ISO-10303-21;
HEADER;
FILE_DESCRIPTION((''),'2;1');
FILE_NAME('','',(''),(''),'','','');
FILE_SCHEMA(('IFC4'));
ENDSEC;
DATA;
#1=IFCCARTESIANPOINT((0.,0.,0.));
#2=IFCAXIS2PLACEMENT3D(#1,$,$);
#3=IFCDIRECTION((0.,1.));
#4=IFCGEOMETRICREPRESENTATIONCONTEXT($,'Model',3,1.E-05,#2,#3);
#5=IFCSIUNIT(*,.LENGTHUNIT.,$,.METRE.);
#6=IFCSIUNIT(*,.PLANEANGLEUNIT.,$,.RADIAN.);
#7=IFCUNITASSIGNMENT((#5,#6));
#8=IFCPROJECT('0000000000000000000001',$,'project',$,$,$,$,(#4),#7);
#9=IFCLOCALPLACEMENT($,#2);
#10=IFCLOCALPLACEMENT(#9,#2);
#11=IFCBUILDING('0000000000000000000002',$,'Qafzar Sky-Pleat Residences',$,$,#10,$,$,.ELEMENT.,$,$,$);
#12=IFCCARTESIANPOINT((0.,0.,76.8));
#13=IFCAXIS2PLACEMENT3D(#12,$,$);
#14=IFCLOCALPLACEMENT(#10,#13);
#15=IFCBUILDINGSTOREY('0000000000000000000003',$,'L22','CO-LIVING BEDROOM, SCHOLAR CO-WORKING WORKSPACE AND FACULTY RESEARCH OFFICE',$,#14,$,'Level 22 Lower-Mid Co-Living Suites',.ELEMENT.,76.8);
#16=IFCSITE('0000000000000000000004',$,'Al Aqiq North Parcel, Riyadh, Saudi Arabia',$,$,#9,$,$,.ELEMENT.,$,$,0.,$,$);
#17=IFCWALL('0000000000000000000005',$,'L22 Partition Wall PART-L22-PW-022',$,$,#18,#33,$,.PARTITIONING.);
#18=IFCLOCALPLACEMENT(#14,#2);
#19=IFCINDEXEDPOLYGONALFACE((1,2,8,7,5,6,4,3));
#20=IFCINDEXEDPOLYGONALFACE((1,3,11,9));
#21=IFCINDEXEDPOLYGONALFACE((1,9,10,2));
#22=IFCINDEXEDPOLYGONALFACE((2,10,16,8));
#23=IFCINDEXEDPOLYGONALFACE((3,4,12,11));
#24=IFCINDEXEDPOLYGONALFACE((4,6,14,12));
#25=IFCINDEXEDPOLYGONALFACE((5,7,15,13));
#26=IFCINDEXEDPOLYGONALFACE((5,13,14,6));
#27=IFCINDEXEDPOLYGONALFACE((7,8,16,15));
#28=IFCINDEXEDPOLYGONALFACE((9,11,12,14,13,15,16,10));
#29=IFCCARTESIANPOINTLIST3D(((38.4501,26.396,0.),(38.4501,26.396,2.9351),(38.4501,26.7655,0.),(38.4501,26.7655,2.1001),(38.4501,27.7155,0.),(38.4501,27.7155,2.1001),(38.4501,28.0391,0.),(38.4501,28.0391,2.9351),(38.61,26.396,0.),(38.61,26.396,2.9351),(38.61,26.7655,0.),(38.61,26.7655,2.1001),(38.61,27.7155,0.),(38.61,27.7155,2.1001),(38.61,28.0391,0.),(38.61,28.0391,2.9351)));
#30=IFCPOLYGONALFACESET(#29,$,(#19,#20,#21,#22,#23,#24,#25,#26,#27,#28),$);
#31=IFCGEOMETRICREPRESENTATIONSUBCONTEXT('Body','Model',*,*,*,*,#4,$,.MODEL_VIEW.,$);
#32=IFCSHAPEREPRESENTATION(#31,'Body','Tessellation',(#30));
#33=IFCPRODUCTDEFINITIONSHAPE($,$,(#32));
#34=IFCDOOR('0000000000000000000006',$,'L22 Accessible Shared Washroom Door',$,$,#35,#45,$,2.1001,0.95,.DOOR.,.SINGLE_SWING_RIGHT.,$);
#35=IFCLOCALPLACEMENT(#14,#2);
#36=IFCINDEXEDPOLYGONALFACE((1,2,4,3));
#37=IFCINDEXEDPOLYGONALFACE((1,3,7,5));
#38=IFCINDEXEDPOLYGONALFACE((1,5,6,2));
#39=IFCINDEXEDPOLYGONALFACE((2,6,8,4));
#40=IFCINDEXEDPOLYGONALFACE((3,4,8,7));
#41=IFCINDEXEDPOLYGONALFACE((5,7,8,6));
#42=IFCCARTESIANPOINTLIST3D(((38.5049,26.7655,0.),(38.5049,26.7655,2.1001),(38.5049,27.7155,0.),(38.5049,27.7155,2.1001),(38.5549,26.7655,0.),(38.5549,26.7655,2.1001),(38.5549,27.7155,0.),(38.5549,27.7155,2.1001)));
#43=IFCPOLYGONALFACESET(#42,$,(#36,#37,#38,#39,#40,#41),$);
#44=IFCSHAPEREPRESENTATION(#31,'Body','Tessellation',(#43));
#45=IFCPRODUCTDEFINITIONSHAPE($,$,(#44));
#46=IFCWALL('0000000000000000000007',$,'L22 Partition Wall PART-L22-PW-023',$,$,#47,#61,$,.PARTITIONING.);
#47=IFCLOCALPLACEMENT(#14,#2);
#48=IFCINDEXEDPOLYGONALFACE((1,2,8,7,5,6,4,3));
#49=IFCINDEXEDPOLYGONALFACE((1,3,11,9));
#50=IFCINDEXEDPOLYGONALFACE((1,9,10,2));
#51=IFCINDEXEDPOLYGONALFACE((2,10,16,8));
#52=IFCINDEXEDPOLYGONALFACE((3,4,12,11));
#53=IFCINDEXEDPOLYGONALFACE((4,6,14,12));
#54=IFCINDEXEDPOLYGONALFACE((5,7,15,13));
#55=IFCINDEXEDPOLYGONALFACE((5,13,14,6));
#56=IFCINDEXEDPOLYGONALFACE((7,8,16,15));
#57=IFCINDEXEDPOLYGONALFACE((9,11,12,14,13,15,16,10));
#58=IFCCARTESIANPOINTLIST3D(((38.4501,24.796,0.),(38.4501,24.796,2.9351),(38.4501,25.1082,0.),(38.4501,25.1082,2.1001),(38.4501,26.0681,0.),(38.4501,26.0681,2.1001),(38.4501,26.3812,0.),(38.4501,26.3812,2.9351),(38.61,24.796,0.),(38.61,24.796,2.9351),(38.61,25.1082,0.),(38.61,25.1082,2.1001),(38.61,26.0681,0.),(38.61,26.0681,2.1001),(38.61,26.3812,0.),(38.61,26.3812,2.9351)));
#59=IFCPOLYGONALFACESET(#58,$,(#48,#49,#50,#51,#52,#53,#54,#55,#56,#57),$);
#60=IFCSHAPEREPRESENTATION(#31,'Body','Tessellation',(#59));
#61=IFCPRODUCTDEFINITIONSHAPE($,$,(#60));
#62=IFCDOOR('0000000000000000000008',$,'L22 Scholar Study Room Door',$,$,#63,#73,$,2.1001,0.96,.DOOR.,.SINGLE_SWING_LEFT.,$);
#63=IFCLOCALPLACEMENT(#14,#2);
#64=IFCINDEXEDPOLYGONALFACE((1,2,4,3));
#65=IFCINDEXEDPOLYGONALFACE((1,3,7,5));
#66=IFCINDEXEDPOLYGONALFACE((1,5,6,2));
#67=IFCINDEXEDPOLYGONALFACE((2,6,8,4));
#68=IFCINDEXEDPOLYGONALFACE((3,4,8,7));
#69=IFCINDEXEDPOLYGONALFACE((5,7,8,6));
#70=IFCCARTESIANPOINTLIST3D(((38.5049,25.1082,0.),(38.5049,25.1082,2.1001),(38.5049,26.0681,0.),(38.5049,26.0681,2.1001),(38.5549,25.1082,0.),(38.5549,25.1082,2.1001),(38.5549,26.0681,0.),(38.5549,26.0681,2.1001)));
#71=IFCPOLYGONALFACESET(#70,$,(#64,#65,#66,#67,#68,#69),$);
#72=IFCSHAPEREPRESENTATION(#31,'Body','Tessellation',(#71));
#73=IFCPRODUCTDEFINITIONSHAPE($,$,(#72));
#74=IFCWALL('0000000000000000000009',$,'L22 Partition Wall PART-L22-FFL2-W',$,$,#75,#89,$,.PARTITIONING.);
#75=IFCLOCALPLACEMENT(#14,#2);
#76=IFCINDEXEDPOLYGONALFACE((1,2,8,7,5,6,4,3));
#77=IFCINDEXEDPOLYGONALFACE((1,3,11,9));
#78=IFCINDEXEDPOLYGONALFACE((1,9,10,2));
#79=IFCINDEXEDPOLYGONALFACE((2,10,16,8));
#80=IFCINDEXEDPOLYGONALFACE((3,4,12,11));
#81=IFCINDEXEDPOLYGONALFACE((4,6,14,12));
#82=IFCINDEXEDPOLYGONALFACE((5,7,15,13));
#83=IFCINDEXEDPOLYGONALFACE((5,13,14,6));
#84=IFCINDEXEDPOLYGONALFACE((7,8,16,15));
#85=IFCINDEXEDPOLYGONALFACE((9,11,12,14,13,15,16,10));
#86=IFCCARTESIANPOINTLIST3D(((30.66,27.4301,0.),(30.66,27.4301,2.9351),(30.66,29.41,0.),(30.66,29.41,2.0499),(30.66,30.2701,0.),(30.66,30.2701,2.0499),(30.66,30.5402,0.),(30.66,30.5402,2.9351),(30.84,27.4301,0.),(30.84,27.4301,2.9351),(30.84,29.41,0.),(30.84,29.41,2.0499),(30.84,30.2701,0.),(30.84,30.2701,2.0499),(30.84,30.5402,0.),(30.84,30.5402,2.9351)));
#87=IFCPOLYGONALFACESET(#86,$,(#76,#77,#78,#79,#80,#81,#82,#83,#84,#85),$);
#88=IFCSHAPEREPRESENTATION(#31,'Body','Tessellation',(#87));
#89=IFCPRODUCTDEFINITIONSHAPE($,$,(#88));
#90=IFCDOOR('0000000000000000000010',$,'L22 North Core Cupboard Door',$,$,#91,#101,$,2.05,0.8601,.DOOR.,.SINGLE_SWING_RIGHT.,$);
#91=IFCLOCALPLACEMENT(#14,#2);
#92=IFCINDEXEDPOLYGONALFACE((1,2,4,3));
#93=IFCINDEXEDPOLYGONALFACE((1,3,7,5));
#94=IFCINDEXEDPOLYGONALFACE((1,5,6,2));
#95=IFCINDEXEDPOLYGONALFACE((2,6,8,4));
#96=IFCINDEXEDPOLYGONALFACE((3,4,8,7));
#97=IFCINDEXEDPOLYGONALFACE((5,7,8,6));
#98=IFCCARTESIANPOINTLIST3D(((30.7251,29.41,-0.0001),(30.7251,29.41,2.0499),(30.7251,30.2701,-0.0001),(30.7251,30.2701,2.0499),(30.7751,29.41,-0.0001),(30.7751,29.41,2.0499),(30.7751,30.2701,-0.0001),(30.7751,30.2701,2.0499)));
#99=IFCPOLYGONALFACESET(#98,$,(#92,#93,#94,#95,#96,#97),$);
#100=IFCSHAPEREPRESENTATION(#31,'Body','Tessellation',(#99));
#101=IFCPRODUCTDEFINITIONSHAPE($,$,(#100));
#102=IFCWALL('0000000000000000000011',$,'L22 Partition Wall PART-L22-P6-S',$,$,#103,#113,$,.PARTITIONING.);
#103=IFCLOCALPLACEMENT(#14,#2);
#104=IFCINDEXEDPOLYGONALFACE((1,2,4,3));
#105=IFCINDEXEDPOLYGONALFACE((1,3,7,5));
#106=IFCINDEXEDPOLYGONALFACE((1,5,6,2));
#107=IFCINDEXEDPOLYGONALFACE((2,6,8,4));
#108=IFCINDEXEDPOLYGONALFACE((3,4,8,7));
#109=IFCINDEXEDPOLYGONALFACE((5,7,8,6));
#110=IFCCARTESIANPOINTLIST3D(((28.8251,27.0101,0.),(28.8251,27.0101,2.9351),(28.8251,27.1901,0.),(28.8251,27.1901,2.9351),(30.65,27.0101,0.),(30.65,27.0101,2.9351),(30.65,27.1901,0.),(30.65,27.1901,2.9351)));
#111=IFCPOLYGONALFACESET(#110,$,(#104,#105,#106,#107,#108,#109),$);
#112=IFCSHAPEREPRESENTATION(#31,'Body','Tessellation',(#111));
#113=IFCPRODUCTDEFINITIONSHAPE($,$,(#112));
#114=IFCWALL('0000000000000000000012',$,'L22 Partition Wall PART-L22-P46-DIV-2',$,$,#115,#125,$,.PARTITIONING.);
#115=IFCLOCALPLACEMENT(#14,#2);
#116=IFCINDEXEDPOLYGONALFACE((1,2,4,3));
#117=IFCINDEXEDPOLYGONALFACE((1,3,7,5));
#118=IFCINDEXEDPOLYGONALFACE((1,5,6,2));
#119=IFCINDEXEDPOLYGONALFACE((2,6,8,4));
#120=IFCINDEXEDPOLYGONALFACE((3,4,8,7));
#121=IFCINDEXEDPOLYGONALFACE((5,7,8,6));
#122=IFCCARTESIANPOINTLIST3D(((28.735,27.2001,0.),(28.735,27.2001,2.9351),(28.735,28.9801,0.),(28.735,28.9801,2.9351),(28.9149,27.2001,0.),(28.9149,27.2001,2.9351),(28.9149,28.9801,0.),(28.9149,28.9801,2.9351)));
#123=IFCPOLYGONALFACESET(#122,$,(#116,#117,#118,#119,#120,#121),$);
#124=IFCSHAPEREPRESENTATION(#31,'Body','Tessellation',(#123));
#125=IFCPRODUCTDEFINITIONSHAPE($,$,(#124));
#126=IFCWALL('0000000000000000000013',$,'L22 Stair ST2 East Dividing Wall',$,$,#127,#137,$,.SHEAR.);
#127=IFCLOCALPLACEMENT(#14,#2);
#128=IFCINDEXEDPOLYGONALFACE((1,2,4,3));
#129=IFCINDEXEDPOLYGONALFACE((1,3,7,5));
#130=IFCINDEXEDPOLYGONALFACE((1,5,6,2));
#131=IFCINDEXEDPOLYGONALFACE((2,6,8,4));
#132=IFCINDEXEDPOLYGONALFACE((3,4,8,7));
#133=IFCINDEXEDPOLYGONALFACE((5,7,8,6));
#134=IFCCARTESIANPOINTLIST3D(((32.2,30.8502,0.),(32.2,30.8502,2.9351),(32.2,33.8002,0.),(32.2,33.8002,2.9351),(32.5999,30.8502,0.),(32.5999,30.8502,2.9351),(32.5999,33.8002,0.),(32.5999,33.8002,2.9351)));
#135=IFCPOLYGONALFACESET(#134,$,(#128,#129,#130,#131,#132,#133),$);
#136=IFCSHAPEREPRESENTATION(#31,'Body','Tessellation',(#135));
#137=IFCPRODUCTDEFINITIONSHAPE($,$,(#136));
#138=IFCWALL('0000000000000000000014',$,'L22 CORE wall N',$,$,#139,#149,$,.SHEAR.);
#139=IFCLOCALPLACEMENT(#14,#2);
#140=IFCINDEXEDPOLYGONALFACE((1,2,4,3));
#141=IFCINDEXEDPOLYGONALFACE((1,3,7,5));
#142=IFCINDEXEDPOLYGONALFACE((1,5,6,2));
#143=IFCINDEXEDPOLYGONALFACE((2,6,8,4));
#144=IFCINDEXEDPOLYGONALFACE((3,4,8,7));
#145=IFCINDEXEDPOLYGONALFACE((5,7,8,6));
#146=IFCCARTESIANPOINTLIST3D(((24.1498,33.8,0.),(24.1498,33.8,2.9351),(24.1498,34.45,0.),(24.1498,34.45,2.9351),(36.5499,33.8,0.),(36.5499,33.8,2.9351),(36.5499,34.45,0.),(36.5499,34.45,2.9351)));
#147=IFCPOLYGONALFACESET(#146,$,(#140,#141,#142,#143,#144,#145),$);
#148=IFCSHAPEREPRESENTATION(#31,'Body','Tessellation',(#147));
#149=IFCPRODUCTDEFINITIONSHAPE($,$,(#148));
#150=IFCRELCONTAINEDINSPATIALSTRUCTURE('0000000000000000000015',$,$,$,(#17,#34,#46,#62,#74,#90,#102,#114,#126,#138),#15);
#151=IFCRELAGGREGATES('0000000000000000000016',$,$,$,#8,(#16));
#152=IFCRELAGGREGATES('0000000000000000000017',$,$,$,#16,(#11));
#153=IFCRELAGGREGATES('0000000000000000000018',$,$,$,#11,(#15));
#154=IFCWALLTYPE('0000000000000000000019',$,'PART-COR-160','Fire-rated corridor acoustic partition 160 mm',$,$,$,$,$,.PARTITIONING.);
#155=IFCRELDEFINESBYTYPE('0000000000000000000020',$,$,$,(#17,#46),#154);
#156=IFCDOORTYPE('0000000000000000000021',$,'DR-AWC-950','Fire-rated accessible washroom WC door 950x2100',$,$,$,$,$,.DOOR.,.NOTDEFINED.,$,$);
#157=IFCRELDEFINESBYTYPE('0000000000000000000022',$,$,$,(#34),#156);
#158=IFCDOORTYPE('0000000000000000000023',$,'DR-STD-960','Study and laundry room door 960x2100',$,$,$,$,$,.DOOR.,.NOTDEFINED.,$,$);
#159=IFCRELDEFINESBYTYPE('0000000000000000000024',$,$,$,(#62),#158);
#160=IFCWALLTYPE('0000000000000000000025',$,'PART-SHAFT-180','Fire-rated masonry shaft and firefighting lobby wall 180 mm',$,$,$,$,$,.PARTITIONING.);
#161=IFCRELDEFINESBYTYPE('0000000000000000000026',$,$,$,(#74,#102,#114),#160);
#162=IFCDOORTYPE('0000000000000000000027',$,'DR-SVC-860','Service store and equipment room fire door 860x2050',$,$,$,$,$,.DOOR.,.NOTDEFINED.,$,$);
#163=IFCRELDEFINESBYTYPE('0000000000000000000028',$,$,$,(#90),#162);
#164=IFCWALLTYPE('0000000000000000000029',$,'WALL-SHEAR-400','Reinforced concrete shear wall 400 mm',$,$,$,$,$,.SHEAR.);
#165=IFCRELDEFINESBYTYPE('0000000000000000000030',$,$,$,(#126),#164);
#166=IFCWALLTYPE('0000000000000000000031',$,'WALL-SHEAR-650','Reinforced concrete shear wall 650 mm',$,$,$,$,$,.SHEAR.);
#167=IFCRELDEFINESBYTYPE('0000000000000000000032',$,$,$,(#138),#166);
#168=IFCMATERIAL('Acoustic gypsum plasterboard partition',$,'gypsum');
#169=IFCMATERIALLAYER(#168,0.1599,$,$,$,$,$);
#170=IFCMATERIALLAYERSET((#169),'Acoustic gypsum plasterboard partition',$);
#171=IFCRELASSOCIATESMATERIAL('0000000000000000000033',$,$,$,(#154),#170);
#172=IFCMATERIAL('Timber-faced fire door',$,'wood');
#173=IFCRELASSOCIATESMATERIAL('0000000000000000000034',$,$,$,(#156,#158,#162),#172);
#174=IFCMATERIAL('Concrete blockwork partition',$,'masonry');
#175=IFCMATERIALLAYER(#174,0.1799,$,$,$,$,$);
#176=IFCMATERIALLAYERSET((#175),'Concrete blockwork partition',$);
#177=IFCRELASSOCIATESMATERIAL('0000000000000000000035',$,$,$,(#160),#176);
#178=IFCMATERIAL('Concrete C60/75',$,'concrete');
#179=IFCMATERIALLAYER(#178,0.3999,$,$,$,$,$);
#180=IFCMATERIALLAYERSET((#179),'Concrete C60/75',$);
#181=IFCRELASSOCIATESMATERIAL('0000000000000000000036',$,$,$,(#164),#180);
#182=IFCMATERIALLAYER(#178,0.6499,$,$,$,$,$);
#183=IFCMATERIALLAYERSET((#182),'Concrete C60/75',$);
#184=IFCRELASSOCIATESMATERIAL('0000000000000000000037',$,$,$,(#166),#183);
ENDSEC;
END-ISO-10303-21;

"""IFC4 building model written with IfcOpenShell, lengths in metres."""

from ifc_helpers import new_model, si_unit, direction, frame, frame_2d, origin, place, context, subcontext, project, spatial, rectangle, extrude, source, transform, mapped, material, layer, layer_set, type_object, element, fill, save


model = new_model("IFC4")

# Units and contexts
model_context = context("Model", 3, precision=1e-05, world=origin(), true_north=direction((0.0, 1.0)))
body_context = subcontext(model_context, "Body", "Model", "MODEL_VIEW")
ifc_project = project(units=[si_unit("LENGTHUNIT", "METRE"), si_unit("PLANEANGLEUNIT", "RADIAN")], contexts=[model_context])

# Site, building, storey
site_placement = place(None, origin())
site = spatial("IfcSite", under=ifc_project, at=site_placement, Name="Al Aqiq North Parcel, Riyadh, Saudi Arabia", CompositionType="ELEMENT", RefElevation=0.0)
building_placement = place(site_placement, origin())
building = spatial("IfcBuilding", under=site, at=building_placement, Name="Qafzar Sky-Pleat Residences", CompositionType="ELEMENT")
storey_placement = place(building_placement, frame((0.0, 0.0, 76.8)))
storey = spatial("IfcBuildingStorey", under=building, at=storey_placement, Name="L22", Description="CO-LIVING BEDROOM, SCHOLAR CO-WORKING WORKSPACE AND FACULTY RESEARCH OFFICE", LongName="Level 22 Lower-Mid Co-Living Suites", CompositionType="ELEMENT", Elevation=76.8)

# Walls, openings, doors
ifc_material_1 = material(Name="Acoustic gypsum plasterboard partition", Category="gypsum")
ifc_layer_1 = layer(ifc_material_1, 0.1599)
ifc_layer_set_1 = layer_set([ifc_layer_1], Name="Acoustic gypsum plasterboard partition")
wall_type_1 = type_object("IfcWallType", Name="PART-COR-160", Description="Fire-rated corridor acoustic partition 160 mm", PredefinedType="PARTITIONING", material=ifc_layer_set_1)
wall_1_placement = place(storey_placement, frame((38.53, 28.0391, 0.0), z_axis=(0.0, 0.0, 1.0), x_axis=(0.0, -1.0, 0.0)))
wall_1 = element("IfcWall", 1, at=wall_1_placement, inside=storey, type_object=wall_type_1, Name="L22 Partition Wall PART-L22-PW-022", PredefinedType="PARTITIONING", context=body_context, shape_type="SweptSolid", body=[
    extrude(rectangle(XDim=1.6431, YDim=0.1599, at=frame_2d((0.8215, 0.0))), origin(), (0.0, 0.0, 1.0), 2.9351),
])
opening_1_placement = place(wall_1_placement, frame((0.3235, 0.0, 0.0)))
opening_1 = element("IfcOpeningElement", 2, at=opening_1_placement, cuts=wall_1, PredefinedType="OPENING", context=body_context, shape_type="SweptSolid", body=[
    extrude(rectangle(XDim=0.95, YDim=2.1001, at=frame_2d((0.4751, 1.05))), frame((0.0, 0.0898, 0.0), z_axis=(0.0, -1.0, 0.0), x_axis=(1.0, 0.0, 0.0)), (0.0, 0.0, 1.0), 0.1799),
])
ifc_material_2 = material(Name="Timber-faced fire door", Category="wood")
door_type_1 = type_object("IfcDoorType", Name="DR-AWC-950", Description="Fire-rated accessible washroom WC door 950x2100", OperationType="NOTDEFINED", PredefinedType="DOOR", material=ifc_material_2)
shared_shape_1 = source(origin(), body_context, "Body", "SweptSolid", [
    extrude(rectangle(XDim=0.95, YDim=2.1001, at=frame_2d((0.4751, 1.05))), frame((0.0, 0.0249, 0.0), z_axis=(0.0, -1.0, 0.0), x_axis=(1.0, 0.0, 0.0)), (0.0, 0.0, 1.0), 0.05),
])
door_1_placement = place(opening_1_placement, origin())
door_1 = element("IfcDoor", 3, at=door_1_placement, inside=storey, type_object=door_type_1, Name="L22 Accessible Shared Washroom Door", OperationType="SINGLE_SWING_RIGHT", OverallHeight=2.1001, OverallWidth=0.95, PredefinedType="DOOR", context=body_context, shape_type="MappedRepresentation", body=[
    mapped(shared_shape_1, transform((0.0, 0.0, 0.0), x_axis=(1.0, 0.0, 0.0), y_axis=(0.0, 1.0, 0.0), z_axis=(0.0, 0.0, 1.0), scale=1.0)),
])
fill(opening_1, door_1)
wall_2_placement = place(storey_placement, frame((38.53, 26.3811, 0.0), z_axis=(0.0, 0.0, 1.0), x_axis=(0.0, -1.0, 0.0)))
wall_2 = element("IfcWall", 4, at=wall_2_placement, inside=storey, type_object=wall_type_1, Name="L22 Partition Wall PART-L22-PW-023", PredefinedType="PARTITIONING", context=body_context, shape_type="SweptSolid", body=[
    extrude(rectangle(XDim=1.5852, YDim=0.1599, at=frame_2d((0.7925, 0.0))), origin(), (0.0, 0.0, 1.0), 2.9351),
])
opening_2_placement = place(wall_2_placement, frame((0.313, 0.0, 0.0)))
opening_2 = element("IfcOpeningElement", 5, at=opening_2_placement, cuts=wall_2, PredefinedType="OPENING", context=body_context, shape_type="SweptSolid", body=[
    extrude(rectangle(XDim=0.96, YDim=2.1001, at=frame_2d((0.48, 1.05))), frame((0.0, 0.0898, 0.0), z_axis=(0.0, -1.0, 0.0), x_axis=(1.0, 0.0, 0.0)), (0.0, 0.0, 1.0), 0.1799),
])
door_type_2 = type_object("IfcDoorType", Name="DR-STD-960", Description="Study and laundry room door 960x2100", OperationType="NOTDEFINED", PredefinedType="DOOR", material=ifc_material_2)
shared_shape_2 = source(origin(), body_context, "Body", "SweptSolid", [
    extrude(rectangle(XDim=0.96, YDim=2.1001, at=frame_2d((0.48, 1.05))), frame((0.0, 0.0249, 0.0), z_axis=(0.0, -1.0, 0.0), x_axis=(1.0, 0.0, 0.0)), (0.0, 0.0, 1.0), 0.05),
])
door_2_placement = place(opening_2_placement, origin())
door_2 = element("IfcDoor", 6, at=door_2_placement, inside=storey, type_object=door_type_2, Name="L22 Scholar Study Room Door", OperationType="SINGLE_SWING_LEFT", OverallHeight=2.1001, OverallWidth=0.96, PredefinedType="DOOR", context=body_context, shape_type="MappedRepresentation", body=[
    mapped(shared_shape_2, transform((0.0, 0.0, 0.0), x_axis=(1.0, 0.0, 0.0), y_axis=(0.0, 1.0, 0.0), z_axis=(0.0, 0.0, 1.0), scale=1.0)),
])
fill(opening_2, door_2)
ifc_material_3 = material(Name="Concrete blockwork partition", Category="masonry")
ifc_layer_2 = layer(ifc_material_3, 0.1799)
ifc_layer_set_2 = layer_set([ifc_layer_2], Name="Concrete blockwork partition")
wall_type_2 = type_object("IfcWallType", Name="PART-SHAFT-180", Description="Fire-rated masonry shaft and firefighting lobby wall 180 mm", PredefinedType="PARTITIONING", material=ifc_layer_set_2)
wall_3_placement = place(storey_placement, frame((30.75, 27.4299, 0.0), z_axis=(0.0, 0.0, 1.0), x_axis=(0.0, 1.0, 0.0)))
wall_3 = element("IfcWall", 7, at=wall_3_placement, inside=storey, type_object=wall_type_2, Name="L22 Partition Wall PART-L22-FFL2-W", PredefinedType="PARTITIONING", context=body_context, shape_type="SweptSolid", body=[
    extrude(rectangle(XDim=3.1101, YDim=0.1799, at=frame_2d((1.5552, 0.0))), origin(), (0.0, 0.0, 1.0), 2.9351),
])
opening_3_placement = place(wall_3_placement, frame((1.98, 0.0, 0.0)))
opening_3 = element("IfcOpeningElement", 8, at=opening_3_placement, cuts=wall_3, PredefinedType="OPENING", context=body_context, shape_type="SweptSolid", body=[
    extrude(rectangle(XDim=0.8601, YDim=2.05, at=frame_2d((0.4302, 1.0249))), frame((0.0, 0.1001, 0.0), z_axis=(0.0, -1.0, 0.0), x_axis=(1.0, 0.0, 0.0)), (0.0, 0.0, 1.0), 0.2),
])
door_type_3 = type_object("IfcDoorType", Name="DR-SVC-860", Description="Service store and equipment room fire door 860x2050", OperationType="NOTDEFINED", PredefinedType="DOOR", material=ifc_material_2)
shared_shape_3 = source(origin(), body_context, "Body", "SweptSolid", [
    extrude(rectangle(XDim=0.8601, YDim=2.05, at=frame_2d((0.4302, 1.0249))), frame((0.0, 0.0249, 0.0), z_axis=(0.0, -1.0, 0.0), x_axis=(1.0, 0.0, 0.0)), (0.0, 0.0, 1.0), 0.05),
])
door_3_placement = place(opening_3_placement, origin())
door_3 = element("IfcDoor", 9, at=door_3_placement, inside=storey, type_object=door_type_3, Name="L22 North Core Cupboard Door", OperationType="SINGLE_SWING_RIGHT", OverallHeight=2.05, OverallWidth=0.8601, PredefinedType="DOOR", context=body_context, shape_type="MappedRepresentation", body=[
    mapped(shared_shape_3, transform((0.0, 0.0, 0.0), x_axis=(1.0, 0.0, 0.0), y_axis=(0.0, 1.0, 0.0), z_axis=(0.0, 0.0, 1.0), scale=1.0)),
])
fill(opening_3, door_3)

# Walls
wall_4_placement = place(storey_placement, frame((28.825, 27.1001, 0.0), z_axis=(0.0, 0.0, 1.0), x_axis=(1.0, 0.0, 0.0)))
element("IfcWall", 10, at=wall_4_placement, inside=storey, type_object=wall_type_2, Name="L22 Partition Wall PART-L22-P6-S", PredefinedType="PARTITIONING", context=body_context, shape_type="SweptSolid", body=[
    extrude(rectangle(XDim=1.825, YDim=0.1799, at=frame_2d((0.9126, 0.0))), origin(), (0.0, 0.0, 1.0), 2.9351),
])
wall_5_placement = place(storey_placement, frame((28.825, 27.2, 0.0), z_axis=(0.0, 0.0, 1.0), x_axis=(0.0, 1.0, 0.0)))
element("IfcWall", 11, at=wall_5_placement, inside=storey, type_object=wall_type_2, Name="L22 Partition Wall PART-L22-P46-DIV-2", PredefinedType="PARTITIONING", context=body_context, shape_type="SweptSolid", body=[
    extrude(rectangle(XDim=1.78, YDim=0.1799, at=frame_2d((0.8901, 0.0))), origin(), (0.0, 0.0, 1.0), 2.9351),
])
ifc_material_4 = material(Name="Concrete C60/75", Category="concrete")
ifc_layer_3 = layer(ifc_material_4, 0.3999)
ifc_layer_set_3 = layer_set([ifc_layer_3], Name="Concrete C60/75")
wall_type_3 = type_object("IfcWallType", Name="WALL-SHEAR-400", Description="Reinforced concrete shear wall 400 mm", PredefinedType="SHEAR", material=ifc_layer_set_3)
wall_6_placement = place(storey_placement, frame((32.3999, 30.8501, 0.0), z_axis=(0.0, 0.0, 1.0), x_axis=(0.0, 1.0, 0.0)))
element("IfcWall", 12, at=wall_6_placement, inside=storey, type_object=wall_type_3, Name="L22 Stair ST2 East Dividing Wall", PredefinedType="SHEAR", context=body_context, shape_type="SweptSolid", body=[
    extrude(rectangle(XDim=2.95, YDim=0.3999, at=frame_2d((1.4751, 0.0))), origin(), (0.0, 0.0, 1.0), 2.9351),
])
ifc_layer_4 = layer(ifc_material_4, 0.6499)
ifc_layer_set_4 = layer_set([ifc_layer_4], Name="Concrete C60/75")
wall_type_4 = type_object("IfcWallType", Name="WALL-SHEAR-650", Description="Reinforced concrete shear wall 650 mm", PredefinedType="SHEAR", material=ifc_layer_set_4)
wall_7_placement = place(storey_placement, frame((36.55, 34.125, 0.0), z_axis=(0.0, 0.0, 1.0), x_axis=(-1.0, 0.0, 0.0)))
element("IfcWall", 13, at=wall_7_placement, inside=storey, type_object=wall_type_4, Name="L22 CORE wall N", PredefinedType="SHEAR", context=body_context, shape_type="SweptSolid", body=[
    extrude(rectangle(XDim=12.4001, YDim=0.6499, at=frame_2d((6.2002, 0.0))), origin(), (0.0, 0.0, 1.0), 2.9351),
])

save(model, "model.ifc")
